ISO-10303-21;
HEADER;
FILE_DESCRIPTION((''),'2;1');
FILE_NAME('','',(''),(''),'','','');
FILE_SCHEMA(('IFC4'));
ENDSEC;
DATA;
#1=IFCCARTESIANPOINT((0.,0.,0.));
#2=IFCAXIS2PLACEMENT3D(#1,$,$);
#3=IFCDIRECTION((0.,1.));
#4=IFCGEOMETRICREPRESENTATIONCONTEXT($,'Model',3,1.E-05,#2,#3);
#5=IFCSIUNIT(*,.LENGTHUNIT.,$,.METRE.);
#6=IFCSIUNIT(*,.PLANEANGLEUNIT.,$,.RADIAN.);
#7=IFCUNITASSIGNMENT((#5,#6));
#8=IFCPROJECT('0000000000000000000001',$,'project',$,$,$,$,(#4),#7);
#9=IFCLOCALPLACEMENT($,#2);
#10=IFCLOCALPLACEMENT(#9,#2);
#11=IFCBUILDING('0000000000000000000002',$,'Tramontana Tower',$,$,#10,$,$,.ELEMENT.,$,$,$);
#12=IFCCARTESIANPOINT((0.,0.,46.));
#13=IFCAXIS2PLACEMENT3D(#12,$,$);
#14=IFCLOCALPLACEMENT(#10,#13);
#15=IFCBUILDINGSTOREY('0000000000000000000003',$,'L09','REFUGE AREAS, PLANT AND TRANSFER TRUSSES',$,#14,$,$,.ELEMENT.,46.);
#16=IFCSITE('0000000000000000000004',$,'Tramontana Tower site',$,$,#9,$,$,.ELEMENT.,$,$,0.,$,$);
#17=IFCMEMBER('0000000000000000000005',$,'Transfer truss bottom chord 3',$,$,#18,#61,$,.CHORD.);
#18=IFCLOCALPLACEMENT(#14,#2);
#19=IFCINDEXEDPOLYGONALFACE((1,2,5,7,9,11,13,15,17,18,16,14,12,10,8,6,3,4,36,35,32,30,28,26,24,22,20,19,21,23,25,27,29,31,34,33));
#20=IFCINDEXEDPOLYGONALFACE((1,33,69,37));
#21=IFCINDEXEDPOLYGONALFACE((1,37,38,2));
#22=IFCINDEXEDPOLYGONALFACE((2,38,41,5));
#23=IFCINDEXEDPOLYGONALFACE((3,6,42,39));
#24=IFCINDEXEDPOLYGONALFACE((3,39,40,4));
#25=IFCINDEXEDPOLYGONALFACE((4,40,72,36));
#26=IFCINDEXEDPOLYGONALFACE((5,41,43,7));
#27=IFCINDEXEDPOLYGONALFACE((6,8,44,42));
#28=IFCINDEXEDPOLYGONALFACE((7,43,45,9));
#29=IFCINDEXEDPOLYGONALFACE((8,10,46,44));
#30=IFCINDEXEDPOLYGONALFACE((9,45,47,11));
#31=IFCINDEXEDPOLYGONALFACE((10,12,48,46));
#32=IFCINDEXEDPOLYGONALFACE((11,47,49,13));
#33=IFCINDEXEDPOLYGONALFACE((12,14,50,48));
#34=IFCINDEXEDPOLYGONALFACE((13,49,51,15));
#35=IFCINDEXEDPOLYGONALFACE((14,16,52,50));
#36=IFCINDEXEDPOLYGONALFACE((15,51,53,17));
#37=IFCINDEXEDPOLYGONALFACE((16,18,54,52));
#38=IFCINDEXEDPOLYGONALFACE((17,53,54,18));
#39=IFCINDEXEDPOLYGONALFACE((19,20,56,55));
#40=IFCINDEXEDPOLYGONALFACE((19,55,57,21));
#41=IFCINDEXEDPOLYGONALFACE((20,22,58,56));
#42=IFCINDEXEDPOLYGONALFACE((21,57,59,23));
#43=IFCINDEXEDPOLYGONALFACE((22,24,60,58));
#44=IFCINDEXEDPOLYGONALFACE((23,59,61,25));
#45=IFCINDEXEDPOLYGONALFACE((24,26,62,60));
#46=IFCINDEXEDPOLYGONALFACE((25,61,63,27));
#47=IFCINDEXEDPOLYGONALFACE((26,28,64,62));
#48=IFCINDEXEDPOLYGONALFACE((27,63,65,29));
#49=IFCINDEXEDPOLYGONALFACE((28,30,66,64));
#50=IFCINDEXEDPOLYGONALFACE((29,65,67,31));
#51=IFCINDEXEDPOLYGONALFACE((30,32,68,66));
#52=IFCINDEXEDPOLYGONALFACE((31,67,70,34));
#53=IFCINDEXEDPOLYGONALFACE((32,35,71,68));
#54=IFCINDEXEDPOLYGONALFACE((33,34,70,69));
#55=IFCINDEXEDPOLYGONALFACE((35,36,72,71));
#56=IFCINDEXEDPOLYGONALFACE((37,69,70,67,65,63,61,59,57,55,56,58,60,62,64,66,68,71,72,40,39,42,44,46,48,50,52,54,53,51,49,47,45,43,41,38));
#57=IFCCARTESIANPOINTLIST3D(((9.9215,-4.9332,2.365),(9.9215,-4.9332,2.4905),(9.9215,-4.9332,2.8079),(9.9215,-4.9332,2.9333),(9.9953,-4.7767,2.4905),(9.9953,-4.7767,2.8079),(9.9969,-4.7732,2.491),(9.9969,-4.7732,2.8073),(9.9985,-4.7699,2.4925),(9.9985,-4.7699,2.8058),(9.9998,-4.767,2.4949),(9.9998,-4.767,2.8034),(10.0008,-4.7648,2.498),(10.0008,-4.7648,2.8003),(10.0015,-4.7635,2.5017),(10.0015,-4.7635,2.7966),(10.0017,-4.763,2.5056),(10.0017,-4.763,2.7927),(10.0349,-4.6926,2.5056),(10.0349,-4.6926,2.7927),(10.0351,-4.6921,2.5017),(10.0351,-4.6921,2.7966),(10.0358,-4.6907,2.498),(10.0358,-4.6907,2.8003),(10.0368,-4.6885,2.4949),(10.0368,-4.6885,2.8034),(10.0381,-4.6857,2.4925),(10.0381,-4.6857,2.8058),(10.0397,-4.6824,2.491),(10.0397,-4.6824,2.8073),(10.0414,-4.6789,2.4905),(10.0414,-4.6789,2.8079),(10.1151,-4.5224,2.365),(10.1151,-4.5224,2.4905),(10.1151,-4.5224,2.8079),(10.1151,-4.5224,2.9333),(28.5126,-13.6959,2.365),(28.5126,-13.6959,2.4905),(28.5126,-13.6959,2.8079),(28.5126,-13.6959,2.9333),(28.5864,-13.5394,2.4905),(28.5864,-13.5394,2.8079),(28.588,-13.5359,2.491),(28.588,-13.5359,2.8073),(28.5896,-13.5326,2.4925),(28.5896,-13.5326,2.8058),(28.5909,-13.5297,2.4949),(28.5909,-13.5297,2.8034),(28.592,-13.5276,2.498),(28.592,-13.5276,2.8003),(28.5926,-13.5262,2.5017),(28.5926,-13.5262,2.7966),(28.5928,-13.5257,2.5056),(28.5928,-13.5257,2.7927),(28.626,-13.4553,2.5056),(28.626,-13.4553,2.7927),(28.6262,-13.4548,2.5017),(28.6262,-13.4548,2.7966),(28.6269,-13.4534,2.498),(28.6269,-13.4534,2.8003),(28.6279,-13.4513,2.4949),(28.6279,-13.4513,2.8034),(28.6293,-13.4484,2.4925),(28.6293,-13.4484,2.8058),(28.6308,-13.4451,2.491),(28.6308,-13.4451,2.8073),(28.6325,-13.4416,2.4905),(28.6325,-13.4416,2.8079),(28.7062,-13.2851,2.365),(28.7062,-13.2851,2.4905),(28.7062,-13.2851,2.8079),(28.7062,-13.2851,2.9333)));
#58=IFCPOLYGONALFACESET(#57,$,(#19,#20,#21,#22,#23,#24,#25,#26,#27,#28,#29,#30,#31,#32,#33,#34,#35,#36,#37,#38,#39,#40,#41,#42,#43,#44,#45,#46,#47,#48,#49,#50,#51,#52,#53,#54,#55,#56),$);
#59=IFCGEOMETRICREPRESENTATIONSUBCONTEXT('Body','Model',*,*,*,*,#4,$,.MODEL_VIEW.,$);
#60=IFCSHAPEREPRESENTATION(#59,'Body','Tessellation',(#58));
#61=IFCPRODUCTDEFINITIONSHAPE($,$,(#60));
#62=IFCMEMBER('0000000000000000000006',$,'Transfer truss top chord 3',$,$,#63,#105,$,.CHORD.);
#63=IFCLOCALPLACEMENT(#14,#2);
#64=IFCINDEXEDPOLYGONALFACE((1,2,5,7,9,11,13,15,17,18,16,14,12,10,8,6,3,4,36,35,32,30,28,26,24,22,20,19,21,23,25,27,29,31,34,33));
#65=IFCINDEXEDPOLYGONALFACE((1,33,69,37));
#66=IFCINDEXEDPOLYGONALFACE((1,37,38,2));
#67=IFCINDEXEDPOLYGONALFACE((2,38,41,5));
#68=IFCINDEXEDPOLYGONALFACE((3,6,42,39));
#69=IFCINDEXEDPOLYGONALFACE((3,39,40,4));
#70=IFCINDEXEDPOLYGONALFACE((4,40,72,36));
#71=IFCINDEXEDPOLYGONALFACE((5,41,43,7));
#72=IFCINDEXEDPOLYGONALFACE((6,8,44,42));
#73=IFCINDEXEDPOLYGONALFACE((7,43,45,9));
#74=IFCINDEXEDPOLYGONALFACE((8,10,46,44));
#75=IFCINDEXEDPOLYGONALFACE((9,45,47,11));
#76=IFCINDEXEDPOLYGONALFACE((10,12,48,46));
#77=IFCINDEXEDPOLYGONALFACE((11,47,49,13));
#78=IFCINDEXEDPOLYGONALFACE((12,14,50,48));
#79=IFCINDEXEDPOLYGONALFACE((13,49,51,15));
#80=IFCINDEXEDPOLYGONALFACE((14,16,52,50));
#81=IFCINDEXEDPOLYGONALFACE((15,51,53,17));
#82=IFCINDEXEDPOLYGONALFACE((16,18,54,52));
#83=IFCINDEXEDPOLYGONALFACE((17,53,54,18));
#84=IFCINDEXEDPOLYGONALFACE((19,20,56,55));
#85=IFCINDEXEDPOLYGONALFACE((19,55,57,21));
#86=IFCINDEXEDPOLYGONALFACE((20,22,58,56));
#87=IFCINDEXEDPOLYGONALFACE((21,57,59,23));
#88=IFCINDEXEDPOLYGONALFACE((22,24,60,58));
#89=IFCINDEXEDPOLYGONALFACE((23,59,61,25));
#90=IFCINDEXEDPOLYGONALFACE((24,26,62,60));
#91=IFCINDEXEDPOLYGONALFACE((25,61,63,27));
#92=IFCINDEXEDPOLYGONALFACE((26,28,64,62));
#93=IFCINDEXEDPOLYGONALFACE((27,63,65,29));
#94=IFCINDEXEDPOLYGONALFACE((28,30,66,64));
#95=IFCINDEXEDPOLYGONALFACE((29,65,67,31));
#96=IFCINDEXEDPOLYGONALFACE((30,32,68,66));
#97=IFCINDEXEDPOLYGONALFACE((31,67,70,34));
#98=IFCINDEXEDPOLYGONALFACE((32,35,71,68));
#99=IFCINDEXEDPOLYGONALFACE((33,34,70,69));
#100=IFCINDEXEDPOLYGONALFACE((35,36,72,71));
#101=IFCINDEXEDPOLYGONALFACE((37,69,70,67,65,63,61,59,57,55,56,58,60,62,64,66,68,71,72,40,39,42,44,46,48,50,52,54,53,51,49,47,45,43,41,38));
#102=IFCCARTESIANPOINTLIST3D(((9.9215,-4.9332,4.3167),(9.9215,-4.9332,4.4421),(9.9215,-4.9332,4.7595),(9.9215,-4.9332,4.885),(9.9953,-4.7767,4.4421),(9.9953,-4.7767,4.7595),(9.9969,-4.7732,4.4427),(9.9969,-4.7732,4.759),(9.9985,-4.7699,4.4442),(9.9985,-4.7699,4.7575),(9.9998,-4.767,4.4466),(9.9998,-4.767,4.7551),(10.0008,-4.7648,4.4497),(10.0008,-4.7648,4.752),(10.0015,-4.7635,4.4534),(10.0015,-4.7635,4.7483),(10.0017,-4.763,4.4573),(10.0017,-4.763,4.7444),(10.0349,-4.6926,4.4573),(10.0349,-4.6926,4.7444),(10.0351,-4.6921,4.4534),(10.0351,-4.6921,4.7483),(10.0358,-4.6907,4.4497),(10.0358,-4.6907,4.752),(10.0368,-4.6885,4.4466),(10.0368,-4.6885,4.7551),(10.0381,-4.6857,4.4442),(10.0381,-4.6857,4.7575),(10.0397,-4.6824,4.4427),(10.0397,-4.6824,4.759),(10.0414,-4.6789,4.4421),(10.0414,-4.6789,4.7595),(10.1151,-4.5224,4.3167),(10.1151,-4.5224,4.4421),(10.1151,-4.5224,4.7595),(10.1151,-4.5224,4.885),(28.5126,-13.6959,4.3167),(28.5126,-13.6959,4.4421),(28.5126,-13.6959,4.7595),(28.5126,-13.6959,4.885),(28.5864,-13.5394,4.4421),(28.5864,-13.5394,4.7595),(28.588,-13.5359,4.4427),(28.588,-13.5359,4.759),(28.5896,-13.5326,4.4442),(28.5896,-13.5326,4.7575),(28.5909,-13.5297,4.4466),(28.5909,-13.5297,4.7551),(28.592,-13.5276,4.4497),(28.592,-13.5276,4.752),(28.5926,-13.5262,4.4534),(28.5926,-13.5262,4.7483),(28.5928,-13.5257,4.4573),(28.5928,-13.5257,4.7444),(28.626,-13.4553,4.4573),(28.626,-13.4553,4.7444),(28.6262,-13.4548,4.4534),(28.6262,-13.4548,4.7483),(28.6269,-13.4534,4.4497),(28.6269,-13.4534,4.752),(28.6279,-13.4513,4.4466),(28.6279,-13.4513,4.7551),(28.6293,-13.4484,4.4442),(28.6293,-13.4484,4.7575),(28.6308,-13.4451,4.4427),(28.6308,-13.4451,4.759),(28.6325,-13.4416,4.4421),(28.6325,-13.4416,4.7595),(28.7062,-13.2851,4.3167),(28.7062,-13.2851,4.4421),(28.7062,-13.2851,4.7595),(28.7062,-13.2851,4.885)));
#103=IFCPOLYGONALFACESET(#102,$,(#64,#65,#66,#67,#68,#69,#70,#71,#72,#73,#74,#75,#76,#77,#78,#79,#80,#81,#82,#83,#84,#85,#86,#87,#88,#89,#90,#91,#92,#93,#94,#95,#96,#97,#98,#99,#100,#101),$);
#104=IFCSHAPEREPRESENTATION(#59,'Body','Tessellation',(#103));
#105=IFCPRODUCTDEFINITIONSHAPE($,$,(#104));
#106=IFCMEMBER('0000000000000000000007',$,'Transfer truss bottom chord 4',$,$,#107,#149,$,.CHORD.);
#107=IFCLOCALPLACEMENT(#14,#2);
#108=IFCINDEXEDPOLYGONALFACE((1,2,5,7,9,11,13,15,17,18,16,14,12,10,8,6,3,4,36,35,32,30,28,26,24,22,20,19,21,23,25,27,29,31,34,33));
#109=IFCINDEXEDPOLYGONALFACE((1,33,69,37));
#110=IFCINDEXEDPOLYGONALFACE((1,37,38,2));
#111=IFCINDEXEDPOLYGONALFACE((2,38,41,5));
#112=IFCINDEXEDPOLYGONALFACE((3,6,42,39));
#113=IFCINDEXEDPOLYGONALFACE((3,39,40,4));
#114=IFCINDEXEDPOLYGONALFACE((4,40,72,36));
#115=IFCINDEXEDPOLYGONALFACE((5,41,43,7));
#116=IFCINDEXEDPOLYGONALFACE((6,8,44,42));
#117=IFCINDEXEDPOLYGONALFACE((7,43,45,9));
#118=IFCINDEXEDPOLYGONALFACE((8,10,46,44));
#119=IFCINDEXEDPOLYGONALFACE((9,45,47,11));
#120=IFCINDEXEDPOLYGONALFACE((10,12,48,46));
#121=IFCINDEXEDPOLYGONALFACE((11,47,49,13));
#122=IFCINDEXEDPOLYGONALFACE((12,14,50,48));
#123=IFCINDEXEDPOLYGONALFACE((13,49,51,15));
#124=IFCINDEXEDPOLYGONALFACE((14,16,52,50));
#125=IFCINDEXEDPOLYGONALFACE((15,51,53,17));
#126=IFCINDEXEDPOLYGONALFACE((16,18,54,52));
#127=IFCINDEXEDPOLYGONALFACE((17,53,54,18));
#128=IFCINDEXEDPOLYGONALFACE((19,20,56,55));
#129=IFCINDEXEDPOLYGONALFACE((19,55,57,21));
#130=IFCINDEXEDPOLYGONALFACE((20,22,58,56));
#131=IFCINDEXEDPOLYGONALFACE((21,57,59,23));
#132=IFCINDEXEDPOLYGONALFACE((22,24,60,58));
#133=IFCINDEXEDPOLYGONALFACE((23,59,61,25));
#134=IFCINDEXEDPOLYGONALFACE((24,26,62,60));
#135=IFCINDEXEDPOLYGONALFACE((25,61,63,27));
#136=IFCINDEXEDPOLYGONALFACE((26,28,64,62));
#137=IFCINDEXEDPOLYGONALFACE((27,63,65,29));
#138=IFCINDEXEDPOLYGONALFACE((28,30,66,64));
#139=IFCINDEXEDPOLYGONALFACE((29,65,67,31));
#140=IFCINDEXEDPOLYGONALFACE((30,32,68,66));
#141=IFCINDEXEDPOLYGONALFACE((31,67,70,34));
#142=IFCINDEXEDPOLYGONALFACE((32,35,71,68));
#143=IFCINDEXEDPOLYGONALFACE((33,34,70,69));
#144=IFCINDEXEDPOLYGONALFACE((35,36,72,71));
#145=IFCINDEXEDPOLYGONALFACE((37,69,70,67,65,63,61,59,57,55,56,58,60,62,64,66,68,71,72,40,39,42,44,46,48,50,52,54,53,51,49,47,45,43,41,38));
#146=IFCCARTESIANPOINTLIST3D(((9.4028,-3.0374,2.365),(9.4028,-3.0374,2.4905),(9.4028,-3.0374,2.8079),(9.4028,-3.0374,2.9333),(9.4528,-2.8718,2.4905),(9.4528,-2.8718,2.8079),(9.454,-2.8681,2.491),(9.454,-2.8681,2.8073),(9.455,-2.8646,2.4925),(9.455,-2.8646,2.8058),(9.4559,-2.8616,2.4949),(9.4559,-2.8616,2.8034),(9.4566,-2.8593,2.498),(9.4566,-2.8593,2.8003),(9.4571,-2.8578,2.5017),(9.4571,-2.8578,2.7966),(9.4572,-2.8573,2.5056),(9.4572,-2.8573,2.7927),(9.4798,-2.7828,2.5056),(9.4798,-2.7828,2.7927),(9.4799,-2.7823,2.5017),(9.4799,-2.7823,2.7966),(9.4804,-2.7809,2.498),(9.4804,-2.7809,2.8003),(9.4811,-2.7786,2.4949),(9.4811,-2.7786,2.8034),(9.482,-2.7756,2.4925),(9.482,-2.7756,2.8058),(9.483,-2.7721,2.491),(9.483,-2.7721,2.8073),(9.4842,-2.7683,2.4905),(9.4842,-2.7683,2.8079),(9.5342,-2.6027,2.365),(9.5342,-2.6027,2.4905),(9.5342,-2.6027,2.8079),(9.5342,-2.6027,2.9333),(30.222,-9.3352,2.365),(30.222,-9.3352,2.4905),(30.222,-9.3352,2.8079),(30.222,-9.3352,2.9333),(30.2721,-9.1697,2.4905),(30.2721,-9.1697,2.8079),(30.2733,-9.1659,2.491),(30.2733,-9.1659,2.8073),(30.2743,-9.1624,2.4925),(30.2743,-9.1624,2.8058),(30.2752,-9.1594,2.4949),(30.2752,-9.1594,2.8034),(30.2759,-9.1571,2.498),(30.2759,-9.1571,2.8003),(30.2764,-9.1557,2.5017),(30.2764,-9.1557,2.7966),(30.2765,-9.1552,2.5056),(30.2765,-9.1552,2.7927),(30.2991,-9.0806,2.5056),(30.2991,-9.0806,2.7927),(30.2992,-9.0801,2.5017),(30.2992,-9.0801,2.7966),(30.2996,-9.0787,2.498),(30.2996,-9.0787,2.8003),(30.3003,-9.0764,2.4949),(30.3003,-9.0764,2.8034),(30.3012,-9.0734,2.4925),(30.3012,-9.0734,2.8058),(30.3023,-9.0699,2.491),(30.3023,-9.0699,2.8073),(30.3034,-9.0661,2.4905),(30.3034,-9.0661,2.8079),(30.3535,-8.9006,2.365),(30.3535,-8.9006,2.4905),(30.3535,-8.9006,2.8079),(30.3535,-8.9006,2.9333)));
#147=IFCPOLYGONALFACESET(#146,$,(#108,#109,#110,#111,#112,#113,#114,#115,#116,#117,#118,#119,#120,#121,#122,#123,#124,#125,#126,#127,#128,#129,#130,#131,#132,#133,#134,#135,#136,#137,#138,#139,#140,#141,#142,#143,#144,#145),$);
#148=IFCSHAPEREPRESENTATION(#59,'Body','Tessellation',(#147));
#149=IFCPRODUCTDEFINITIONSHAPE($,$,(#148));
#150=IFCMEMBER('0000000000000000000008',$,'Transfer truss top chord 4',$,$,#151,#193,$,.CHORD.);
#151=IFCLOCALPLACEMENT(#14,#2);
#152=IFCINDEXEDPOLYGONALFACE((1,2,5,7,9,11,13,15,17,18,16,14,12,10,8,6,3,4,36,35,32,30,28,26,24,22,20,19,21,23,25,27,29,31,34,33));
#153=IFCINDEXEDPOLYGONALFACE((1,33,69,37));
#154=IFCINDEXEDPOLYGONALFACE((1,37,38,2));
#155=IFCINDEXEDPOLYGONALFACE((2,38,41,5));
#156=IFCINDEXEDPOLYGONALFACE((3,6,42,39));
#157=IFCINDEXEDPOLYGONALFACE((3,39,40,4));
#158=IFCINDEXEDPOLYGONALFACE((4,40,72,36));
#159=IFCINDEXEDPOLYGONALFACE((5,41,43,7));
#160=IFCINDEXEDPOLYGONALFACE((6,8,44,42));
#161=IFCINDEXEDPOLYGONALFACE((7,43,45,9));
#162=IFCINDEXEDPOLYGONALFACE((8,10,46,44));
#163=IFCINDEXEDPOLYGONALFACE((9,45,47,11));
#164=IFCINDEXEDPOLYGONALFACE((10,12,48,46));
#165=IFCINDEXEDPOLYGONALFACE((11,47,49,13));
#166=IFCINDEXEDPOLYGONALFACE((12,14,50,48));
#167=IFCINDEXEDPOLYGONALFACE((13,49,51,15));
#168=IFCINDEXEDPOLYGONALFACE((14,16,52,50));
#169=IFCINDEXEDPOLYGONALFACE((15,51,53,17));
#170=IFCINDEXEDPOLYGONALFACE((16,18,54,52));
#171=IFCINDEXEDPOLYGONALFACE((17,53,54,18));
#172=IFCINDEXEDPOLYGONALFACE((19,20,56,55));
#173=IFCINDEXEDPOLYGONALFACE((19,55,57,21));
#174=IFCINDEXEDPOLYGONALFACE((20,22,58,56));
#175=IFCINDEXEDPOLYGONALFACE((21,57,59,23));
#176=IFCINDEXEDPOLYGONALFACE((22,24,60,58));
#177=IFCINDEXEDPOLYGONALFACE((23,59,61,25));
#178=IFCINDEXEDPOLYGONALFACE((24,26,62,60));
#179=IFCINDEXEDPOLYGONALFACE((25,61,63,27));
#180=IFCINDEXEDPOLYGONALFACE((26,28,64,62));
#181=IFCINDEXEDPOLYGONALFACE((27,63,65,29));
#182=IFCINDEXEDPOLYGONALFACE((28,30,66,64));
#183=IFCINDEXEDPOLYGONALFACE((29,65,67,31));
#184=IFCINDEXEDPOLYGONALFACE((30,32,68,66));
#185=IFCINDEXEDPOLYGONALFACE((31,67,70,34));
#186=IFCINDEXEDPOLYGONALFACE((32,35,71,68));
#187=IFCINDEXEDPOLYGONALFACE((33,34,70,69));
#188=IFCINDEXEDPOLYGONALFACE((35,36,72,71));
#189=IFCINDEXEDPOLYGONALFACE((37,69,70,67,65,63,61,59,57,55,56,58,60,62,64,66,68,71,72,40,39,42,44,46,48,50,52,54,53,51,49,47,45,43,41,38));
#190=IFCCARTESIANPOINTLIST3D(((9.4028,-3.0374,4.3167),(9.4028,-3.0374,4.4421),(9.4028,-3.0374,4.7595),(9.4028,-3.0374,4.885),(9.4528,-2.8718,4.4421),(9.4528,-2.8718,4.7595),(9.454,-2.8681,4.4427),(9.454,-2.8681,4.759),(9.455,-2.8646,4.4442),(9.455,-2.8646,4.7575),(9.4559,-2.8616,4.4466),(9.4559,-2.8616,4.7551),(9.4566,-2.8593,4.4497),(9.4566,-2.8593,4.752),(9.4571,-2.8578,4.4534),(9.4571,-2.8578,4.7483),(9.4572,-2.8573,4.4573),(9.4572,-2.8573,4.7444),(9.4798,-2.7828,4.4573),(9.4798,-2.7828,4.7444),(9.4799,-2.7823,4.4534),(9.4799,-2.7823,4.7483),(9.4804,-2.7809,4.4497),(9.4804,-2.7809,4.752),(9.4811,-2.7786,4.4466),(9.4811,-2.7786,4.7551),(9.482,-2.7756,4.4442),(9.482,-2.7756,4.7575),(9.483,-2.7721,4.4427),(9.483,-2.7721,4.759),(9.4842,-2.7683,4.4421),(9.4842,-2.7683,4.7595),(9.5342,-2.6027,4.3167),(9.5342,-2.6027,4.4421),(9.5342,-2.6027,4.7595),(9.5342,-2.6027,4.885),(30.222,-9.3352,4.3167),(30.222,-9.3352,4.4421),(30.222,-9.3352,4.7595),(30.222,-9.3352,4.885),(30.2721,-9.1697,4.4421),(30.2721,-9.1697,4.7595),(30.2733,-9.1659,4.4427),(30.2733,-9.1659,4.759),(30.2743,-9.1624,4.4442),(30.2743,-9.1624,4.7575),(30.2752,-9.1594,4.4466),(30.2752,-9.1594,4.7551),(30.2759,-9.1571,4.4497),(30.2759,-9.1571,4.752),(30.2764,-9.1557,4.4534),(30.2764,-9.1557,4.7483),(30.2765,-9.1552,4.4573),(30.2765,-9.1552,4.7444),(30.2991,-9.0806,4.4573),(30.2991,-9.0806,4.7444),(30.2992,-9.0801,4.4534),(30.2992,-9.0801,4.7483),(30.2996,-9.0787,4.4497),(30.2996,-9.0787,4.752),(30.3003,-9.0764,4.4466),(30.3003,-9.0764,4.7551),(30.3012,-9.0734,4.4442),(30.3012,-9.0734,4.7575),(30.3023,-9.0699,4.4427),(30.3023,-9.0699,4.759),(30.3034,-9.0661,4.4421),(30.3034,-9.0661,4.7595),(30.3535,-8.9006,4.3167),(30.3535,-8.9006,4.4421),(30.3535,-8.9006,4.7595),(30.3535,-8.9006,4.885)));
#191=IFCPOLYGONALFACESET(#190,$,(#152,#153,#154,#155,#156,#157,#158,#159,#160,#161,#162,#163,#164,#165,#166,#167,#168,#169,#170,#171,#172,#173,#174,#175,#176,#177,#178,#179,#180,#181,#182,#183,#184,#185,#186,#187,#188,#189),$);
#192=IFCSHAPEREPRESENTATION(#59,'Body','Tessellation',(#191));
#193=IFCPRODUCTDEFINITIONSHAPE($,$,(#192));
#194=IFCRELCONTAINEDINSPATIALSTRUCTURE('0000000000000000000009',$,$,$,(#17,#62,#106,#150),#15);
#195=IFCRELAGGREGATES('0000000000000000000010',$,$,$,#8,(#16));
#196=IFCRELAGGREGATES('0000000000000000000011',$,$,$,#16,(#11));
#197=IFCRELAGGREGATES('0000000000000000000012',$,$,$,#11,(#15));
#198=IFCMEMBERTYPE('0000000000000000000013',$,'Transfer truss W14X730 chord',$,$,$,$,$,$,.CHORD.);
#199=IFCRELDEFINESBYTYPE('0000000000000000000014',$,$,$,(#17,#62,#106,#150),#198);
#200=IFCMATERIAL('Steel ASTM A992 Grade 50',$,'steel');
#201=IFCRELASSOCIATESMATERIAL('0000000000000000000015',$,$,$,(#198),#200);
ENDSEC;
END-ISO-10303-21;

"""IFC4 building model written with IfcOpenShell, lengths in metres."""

from ifc_helpers import new_model, si_unit, direction, frame, origin, origin_2d, place, context, subcontext, project, spatial, i_section, extrude, material, material_profile, profile_set, type_object, element, save


model = new_model("IFC4")

# Units and contexts
model_context = context("Model", 3, precision=1e-05, world=origin(), true_north=direction((0.0, 1.0)))
body_context = subcontext(model_context, "Body", "Model", "MODEL_VIEW")
ifc_project = project(units=[si_unit("LENGTHUNIT", "METRE"), si_unit("PLANEANGLEUNIT", "RADIAN")], contexts=[model_context])

# Site, building, storey
site_placement = place(None, origin())
site = spatial("IfcSite", under=ifc_project, at=site_placement, Name="Tramontana Tower site", CompositionType="ELEMENT", RefElevation=0.0)
building_placement = place(site_placement, origin())
building = spatial("IfcBuilding", under=site, at=building_placement, Name="Tramontana Tower", CompositionType="ELEMENT")
storey_placement = place(building_placement, frame((0.0, 0.0, 46.0)))
storey = spatial("IfcBuildingStorey", under=building, at=storey_placement, Name="L09", Description="REFUGE AREAS, PLANT AND TRANSFER TRUSSES", CompositionType="ELEMENT", Elevation=46.0)

# Members
ifc_material_1 = material(Name="Steel ASTM A992 Grade 50", Category="steel")
ifc_material_profile_1 = material_profile(ifc_material_1, i_section(OverallWidth=0.4541, OverallDepth=0.5684, WebThickness=0.0779, FlangeThickness=0.1255, FilletRadius=0.0151, at=origin_2d()), Name="W14X730")
ifc_profile_set_1 = profile_set([ifc_material_profile_1], Name="Steel ASTM A992 Grade 50")
member_type_1 = type_object("IfcMemberType", Name="Transfer truss W14X730 chord", PredefinedType="CHORD", material=ifc_profile_set_1)
for number, where, z_axis, x_axis, name in (
    (1, (10.0183, -4.7278, 2.6492), (0.904557, -0.426353, 0.0), (0.426353, 0.904557, 0.0), "Transfer truss bottom chord 3"),
    (2, (10.0183, -4.7278, 4.6008), (0.904557, -0.426353, 0.0), (0.426353, 0.904557, 0.0), "Transfer truss top chord 3"),
):
    element("IfcMember", number, at=place(storey_placement, frame(where, z_axis=z_axis, x_axis=x_axis)), inside=storey, type_object=member_type_1, Name=name, PredefinedType="CHORD", context=body_context, shape_type="SweptSolid", body=[
        extrude(i_section(OverallWidth=0.4541, OverallDepth=0.5684, WebThickness=0.0779, FlangeThickness=0.1255, FilletRadius=0.0151, at=origin_2d()), origin(), (0.0, 0.0, 1.0), 20.5527),
    ])
for number, where, z_axis, x_axis, name in (
    (3, (9.4685, -2.8201, 2.6492), (0.957165, -0.289543, 0.0), (0.289543, 0.957165, 0.0), "Transfer truss bottom chord 4"),
    (4, (9.4685, -2.8201, 4.6008), (0.957165, -0.289543, 0.0), (0.289543, 0.957165, 0.0), "Transfer truss top chord 4"),
):
    element("IfcMember", number, at=place(storey_placement, frame(where, z_axis=z_axis, x_axis=x_axis)), inside=storey, type_object=member_type_1, Name=name, PredefinedType="CHORD", context=body_context, shape_type="SweptSolid", body=[
        extrude(i_section(OverallWidth=0.4541, OverallDepth=0.5684, WebThickness=0.0779, FlangeThickness=0.1255, FilletRadius=0.0151, at=origin_2d()), origin(), (0.0, 0.0, 1.0), 21.751),
    ])

save(model, "model.ifc")
